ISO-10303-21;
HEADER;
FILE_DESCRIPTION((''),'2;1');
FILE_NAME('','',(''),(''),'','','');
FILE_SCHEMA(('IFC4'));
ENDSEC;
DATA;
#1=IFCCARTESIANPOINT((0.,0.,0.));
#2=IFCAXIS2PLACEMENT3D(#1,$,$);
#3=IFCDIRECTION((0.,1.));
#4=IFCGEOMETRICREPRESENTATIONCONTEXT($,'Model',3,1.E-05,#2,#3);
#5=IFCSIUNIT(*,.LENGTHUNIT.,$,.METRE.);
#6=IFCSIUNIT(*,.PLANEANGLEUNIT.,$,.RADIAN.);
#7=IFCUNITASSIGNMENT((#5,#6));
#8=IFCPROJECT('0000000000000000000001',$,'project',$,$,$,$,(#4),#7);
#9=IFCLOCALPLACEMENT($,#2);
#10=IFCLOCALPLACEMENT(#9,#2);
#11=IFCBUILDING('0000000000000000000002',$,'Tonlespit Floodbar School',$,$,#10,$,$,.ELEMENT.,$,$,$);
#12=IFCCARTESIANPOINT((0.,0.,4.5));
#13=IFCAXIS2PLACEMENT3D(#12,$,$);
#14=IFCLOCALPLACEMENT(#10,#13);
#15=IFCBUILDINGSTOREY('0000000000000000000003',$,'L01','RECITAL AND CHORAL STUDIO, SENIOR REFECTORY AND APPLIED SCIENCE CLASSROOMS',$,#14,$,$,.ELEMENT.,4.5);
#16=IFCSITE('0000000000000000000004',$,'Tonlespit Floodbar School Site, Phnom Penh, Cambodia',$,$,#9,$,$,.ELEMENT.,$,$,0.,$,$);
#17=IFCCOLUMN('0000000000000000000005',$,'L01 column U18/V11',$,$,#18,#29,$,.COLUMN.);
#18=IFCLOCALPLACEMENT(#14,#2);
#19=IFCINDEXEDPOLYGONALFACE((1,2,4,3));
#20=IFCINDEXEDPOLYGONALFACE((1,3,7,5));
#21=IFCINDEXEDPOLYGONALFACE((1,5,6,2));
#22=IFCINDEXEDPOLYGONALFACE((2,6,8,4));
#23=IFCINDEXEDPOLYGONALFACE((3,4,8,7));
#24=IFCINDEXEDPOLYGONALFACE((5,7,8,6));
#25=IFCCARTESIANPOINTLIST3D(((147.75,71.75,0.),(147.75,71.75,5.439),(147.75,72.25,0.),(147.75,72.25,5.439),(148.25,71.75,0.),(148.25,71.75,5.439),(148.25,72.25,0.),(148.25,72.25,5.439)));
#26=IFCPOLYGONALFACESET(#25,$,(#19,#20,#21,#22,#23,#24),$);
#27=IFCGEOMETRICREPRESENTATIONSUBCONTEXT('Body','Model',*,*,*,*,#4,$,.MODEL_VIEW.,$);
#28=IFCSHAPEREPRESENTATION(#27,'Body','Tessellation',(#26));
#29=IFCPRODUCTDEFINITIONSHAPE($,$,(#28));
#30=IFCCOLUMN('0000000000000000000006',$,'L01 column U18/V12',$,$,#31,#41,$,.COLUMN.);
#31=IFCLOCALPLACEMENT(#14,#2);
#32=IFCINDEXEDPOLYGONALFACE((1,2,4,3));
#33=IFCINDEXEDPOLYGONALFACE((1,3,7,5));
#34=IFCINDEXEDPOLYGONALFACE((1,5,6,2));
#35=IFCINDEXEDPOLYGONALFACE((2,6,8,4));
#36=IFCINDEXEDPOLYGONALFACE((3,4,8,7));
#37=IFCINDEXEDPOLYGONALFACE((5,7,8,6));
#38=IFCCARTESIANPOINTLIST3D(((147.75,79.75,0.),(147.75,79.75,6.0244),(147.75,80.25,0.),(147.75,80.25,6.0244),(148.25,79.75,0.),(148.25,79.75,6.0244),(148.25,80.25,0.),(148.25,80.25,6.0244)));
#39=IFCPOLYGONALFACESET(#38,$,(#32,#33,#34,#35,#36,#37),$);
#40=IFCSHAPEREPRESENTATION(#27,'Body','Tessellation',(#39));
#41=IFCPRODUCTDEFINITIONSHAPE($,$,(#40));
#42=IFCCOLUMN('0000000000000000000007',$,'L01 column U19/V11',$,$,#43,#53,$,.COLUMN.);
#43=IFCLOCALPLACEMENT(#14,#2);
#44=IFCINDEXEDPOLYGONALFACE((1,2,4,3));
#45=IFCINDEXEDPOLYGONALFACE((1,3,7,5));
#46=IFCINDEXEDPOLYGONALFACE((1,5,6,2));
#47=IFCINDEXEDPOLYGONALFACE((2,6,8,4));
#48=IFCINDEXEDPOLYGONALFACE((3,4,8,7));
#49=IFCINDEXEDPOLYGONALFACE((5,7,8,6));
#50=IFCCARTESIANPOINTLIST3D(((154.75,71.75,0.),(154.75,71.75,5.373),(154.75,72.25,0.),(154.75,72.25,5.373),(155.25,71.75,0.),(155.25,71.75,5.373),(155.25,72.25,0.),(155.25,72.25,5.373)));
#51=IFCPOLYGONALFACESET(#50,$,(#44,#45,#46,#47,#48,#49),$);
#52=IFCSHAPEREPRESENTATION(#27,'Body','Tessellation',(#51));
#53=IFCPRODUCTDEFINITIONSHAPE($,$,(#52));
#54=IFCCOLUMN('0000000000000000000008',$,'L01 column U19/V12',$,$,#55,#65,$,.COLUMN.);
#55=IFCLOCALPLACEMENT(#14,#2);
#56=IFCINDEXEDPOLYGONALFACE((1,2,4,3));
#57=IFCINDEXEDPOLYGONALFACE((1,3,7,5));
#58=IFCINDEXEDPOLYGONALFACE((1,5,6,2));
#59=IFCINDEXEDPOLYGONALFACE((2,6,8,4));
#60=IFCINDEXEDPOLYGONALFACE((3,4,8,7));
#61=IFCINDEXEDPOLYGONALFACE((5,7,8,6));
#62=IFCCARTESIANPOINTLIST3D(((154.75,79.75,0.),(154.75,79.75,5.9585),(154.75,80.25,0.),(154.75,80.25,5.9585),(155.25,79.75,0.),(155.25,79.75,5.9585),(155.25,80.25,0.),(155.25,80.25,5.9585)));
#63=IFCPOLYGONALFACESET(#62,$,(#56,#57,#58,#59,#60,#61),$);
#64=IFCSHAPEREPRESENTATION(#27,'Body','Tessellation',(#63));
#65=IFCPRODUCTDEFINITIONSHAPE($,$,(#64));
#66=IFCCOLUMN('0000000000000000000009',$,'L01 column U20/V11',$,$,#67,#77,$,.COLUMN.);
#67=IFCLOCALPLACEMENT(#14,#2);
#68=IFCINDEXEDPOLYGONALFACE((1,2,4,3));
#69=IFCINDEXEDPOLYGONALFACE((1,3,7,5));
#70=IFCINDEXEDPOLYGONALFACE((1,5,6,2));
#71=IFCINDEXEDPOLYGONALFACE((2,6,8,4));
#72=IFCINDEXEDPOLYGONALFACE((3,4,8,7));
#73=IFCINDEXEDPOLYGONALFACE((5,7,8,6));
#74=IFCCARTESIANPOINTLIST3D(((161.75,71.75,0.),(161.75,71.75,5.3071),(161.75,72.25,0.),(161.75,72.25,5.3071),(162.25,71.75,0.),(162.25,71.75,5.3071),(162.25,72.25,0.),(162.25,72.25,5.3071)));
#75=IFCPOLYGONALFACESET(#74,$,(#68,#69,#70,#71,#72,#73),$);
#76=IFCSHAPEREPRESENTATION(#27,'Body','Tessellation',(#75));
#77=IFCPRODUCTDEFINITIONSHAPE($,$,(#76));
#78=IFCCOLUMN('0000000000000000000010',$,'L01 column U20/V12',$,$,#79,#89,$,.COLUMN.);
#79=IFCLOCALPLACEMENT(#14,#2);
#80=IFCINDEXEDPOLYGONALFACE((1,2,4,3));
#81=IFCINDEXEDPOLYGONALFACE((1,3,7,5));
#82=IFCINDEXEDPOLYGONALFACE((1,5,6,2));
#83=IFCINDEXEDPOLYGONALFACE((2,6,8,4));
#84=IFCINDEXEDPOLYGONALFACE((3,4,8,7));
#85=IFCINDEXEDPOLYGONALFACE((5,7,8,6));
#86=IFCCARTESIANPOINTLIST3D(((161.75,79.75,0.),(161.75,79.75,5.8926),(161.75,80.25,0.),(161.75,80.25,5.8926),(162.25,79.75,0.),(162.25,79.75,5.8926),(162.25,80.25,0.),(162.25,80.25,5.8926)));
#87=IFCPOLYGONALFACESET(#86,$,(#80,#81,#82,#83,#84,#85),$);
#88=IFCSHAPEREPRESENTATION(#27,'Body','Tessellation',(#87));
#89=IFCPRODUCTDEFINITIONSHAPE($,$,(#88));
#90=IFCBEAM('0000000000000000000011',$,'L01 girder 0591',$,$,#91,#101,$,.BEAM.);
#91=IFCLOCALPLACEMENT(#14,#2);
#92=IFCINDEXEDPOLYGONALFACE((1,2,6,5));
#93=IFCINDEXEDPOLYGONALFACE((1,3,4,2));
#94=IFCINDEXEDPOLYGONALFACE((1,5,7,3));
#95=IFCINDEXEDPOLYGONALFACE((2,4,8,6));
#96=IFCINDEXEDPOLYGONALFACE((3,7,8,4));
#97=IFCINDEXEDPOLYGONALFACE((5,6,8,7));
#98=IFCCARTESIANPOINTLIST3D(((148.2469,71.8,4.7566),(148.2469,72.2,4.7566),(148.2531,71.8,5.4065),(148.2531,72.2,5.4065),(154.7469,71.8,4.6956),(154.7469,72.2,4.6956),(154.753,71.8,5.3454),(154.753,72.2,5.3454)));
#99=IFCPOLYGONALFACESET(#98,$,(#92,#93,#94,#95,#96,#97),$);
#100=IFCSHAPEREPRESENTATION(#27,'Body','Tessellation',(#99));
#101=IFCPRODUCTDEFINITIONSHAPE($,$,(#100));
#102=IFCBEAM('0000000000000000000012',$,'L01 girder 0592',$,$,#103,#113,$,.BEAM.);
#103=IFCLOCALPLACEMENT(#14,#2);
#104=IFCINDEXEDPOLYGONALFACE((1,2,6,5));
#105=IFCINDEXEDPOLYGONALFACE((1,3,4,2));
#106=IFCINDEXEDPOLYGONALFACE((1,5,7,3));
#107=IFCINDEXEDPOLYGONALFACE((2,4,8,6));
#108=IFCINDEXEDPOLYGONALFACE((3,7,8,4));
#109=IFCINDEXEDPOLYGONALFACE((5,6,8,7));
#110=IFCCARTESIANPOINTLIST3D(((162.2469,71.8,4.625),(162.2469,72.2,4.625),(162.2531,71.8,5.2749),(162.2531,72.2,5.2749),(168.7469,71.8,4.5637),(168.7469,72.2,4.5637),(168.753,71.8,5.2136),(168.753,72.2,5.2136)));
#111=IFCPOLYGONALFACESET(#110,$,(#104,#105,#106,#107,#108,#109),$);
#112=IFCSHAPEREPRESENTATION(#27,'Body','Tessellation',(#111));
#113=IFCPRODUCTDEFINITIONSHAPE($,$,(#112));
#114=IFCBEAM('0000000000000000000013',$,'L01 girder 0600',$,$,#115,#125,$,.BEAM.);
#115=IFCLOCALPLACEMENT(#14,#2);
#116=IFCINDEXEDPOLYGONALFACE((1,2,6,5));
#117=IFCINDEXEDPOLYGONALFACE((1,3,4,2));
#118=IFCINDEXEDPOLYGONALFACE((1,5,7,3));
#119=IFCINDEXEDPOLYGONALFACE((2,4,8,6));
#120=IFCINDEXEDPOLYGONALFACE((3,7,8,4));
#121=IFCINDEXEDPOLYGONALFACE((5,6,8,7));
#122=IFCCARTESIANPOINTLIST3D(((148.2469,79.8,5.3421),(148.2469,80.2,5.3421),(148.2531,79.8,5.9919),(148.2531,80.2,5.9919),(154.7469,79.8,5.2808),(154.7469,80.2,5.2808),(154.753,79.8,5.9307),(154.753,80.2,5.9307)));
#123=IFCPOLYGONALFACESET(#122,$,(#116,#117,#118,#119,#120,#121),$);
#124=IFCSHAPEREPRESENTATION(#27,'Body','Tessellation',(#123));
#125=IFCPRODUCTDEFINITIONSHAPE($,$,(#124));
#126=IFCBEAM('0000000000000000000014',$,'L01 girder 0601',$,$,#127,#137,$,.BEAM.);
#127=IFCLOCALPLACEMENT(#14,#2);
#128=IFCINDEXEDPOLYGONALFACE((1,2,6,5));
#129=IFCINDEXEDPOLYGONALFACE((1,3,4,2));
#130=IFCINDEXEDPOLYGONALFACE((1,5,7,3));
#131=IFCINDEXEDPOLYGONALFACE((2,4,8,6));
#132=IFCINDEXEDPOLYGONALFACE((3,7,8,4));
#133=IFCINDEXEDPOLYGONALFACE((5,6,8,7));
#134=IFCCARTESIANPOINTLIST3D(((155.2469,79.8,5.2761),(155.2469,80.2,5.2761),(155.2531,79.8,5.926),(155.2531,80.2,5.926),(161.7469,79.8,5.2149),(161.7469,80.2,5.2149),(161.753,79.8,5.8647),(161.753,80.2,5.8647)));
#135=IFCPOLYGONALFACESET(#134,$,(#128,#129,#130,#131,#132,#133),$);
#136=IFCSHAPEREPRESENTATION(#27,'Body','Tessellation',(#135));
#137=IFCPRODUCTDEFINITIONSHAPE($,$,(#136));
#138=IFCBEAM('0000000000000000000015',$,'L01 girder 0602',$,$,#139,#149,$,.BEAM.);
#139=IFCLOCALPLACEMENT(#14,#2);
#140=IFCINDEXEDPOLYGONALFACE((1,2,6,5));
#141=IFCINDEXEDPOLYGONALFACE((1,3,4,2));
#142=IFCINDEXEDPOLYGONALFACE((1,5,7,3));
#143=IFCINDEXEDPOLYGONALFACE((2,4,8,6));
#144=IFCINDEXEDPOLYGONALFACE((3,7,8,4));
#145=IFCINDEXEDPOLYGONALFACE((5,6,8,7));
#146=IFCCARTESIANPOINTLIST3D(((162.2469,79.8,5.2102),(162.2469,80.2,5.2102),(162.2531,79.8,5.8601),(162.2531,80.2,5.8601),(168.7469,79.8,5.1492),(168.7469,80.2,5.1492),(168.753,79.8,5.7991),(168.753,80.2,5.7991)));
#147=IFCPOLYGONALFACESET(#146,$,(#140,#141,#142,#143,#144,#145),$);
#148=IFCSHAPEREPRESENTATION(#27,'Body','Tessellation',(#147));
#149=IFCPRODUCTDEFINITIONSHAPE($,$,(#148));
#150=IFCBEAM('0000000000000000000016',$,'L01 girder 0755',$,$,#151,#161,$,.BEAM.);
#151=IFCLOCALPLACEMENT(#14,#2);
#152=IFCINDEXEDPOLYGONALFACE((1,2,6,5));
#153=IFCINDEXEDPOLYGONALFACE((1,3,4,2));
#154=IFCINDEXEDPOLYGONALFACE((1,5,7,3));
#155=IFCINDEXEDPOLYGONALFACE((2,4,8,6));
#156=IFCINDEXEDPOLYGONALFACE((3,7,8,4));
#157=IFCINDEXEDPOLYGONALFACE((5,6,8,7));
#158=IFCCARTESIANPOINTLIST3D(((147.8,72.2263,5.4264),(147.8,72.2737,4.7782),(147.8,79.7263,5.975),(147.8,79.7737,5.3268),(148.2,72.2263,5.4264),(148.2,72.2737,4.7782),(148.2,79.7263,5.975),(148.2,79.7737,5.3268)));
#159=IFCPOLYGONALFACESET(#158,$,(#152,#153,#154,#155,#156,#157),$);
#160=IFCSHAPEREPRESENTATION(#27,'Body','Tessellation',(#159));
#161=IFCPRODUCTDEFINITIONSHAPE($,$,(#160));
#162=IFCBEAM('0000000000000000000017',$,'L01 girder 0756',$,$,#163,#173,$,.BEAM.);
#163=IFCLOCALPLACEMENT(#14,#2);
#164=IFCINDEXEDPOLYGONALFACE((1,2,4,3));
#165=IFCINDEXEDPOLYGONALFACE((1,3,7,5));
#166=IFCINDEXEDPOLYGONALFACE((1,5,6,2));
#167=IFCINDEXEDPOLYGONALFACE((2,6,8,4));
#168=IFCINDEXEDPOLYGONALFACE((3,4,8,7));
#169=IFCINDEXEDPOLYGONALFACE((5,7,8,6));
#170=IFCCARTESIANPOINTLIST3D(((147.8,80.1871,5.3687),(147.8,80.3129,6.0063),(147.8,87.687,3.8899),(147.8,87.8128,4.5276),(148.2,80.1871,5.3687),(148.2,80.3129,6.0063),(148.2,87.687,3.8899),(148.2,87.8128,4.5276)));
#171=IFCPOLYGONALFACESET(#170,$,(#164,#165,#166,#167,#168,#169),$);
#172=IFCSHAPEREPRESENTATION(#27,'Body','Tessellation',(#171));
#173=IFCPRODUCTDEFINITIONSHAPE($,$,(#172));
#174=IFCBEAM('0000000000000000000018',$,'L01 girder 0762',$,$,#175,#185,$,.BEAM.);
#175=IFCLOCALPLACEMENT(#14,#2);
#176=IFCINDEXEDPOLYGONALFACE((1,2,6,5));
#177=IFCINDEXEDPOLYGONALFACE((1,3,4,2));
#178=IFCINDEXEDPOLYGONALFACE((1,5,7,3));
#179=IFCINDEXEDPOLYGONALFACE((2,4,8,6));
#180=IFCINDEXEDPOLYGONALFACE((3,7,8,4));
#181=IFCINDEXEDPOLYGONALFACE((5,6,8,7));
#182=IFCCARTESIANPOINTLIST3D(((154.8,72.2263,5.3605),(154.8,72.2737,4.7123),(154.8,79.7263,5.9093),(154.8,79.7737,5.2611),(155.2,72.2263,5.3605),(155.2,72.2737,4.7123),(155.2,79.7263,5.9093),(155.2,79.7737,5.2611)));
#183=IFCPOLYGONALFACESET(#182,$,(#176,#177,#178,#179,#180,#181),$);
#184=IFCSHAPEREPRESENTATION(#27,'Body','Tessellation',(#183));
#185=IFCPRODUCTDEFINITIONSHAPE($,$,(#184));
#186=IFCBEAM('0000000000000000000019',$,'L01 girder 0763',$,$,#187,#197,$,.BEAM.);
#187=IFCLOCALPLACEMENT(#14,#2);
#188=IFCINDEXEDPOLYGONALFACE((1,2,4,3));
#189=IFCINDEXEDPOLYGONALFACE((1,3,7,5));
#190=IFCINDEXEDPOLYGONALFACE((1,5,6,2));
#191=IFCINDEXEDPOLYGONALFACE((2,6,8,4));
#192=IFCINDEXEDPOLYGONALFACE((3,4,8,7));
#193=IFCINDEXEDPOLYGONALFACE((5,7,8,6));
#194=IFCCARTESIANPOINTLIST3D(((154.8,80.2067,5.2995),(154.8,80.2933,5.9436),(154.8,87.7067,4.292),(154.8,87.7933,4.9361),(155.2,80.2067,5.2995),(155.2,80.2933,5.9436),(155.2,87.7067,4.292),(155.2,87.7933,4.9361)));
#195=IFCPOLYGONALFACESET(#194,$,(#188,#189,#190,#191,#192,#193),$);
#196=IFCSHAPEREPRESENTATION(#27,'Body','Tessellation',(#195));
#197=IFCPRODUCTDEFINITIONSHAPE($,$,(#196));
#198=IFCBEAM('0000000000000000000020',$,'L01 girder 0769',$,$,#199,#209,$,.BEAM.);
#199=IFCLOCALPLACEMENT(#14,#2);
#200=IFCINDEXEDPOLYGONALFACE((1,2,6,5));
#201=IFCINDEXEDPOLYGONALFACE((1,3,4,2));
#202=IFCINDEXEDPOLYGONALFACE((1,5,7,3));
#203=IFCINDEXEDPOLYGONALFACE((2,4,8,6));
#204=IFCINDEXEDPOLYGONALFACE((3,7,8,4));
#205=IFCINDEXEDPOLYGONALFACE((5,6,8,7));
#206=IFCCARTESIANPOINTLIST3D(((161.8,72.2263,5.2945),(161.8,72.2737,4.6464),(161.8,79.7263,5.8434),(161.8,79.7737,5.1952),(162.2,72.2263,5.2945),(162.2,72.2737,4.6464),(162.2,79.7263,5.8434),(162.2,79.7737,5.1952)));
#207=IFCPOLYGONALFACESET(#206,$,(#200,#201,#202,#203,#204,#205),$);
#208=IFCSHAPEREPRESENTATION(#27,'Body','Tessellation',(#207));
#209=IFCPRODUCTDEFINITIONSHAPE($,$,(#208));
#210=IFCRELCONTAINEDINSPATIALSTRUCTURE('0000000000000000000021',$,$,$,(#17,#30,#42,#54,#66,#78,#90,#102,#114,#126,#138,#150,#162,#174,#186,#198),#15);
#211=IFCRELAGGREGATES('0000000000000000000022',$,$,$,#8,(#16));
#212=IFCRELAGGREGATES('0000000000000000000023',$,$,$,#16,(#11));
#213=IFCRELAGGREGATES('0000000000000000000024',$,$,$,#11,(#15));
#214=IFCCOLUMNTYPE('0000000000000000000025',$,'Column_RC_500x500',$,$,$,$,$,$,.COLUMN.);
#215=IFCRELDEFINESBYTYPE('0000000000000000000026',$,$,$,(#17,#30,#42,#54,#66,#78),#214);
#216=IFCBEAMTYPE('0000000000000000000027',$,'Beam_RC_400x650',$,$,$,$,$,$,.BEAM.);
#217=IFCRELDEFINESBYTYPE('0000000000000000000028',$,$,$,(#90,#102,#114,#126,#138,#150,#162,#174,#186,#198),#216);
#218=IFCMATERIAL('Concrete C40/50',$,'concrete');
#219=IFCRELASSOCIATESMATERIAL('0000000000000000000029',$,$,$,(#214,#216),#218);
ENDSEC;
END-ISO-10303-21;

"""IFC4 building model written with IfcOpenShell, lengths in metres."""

from ifc_helpers import new_model, si_unit, direction, frame, origin, origin_2d, place, context, subcontext, project, spatial, rectangle, extrude, material, material_profile, profile_set, type_object, element, save


model = new_model("IFC4")

# Units and contexts
model_context = context("Model", 3, precision=1e-05, world=origin(), true_north=direction((0.0, 1.0)))
body_context = subcontext(model_context, "Body", "Model", "MODEL_VIEW")
ifc_project = project(units=[si_unit("LENGTHUNIT", "METRE"), si_unit("PLANEANGLEUNIT", "RADIAN")], contexts=[model_context])

# Site, building, storey
site_placement = place(None, origin())
site = spatial("IfcSite", under=ifc_project, at=site_placement, Name="Tonlespit Floodbar School Site, Phnom Penh, Cambodia", CompositionType="ELEMENT", RefElevation=0.0)
building_placement = place(site_placement, origin())
building = spatial("IfcBuilding", under=site, at=building_placement, Name="Tonlespit Floodbar School", CompositionType="ELEMENT")
storey_placement = place(building_placement, frame((0.0, 0.0, 4.5)))
storey = spatial("IfcBuildingStorey", under=building, at=storey_placement, Name="L01", Description="RECITAL AND CHORAL STUDIO, SENIOR REFECTORY AND APPLIED SCIENCE CLASSROOMS", CompositionType="ELEMENT", Elevation=4.5)

# Columns
ifc_material_1 = material(Name="Concrete C40/50", Category="concrete")
ifc_material_profile_1 = material_profile(ifc_material_1, rectangle(XDim=0.5, YDim=0.5, at=origin_2d()), Name="RC 500x500")
ifc_profile_set_1 = profile_set([ifc_material_profile_1], Name="Concrete C40/50")
column_type = type_object("IfcColumnType", Name="Column_RC_500x500", PredefinedType="COLUMN", material=ifc_profile_set_1)
column_1_placement = place(storey_placement, frame((148.0, 72.0, 0.0), z_axis=(0.0, 0.0, 1.0), x_axis=(1.0, 0.0, 0.0)))
element("IfcColumn", 1, at=column_1_placement, inside=storey, type_object=column_type, Name="L01 column U18/V11", PredefinedType="COLUMN", context=body_context, shape_type="SweptSolid", body=[
    extrude(rectangle(XDim=0.5, YDim=0.5, at=origin_2d()), origin(), (0.0, 0.0, 1.0), 5.439),
])
column_2_placement = place(storey_placement, frame((148.0, 80.0, 0.0), z_axis=(0.0, 0.0, 1.0), x_axis=(1.0, 0.0, 0.0)))
element("IfcColumn", 2, at=column_2_placement, inside=storey, type_object=column_type, Name="L01 column U18/V12", PredefinedType="COLUMN", context=body_context, shape_type="SweptSolid", body=[
    extrude(rectangle(XDim=0.5, YDim=0.5, at=origin_2d()), origin(), (0.0, 0.0, 1.0), 6.0244),
])
column_3_placement = place(storey_placement, frame((155.0, 72.0, 0.0), z_axis=(0.0, 0.0, 1.0), x_axis=(1.0, 0.0, 0.0)))
element("IfcColumn", 3, at=column_3_placement, inside=storey, type_object=column_type, Name="L01 column U19/V11", PredefinedType="COLUMN", context=body_context, shape_type="SweptSolid", body=[
    extrude(rectangle(XDim=0.5, YDim=0.5, at=origin_2d()), origin(), (0.0, 0.0, 1.0), 5.373),
])
column_4_placement = place(storey_placement, frame((155.0, 80.0, 0.0), z_axis=(0.0, 0.0, 1.0), x_axis=(1.0, 0.0, 0.0)))
element("IfcColumn", 4, at=column_4_placement, inside=storey, type_object=column_type, Name="L01 column U19/V12", PredefinedType="COLUMN", context=body_context, shape_type="SweptSolid", body=[
    extrude(rectangle(XDim=0.5, YDim=0.5, at=origin_2d()), origin(), (0.0, 0.0, 1.0), 5.9585),
])
column_5_placement = place(storey_placement, frame((162.0, 72.0, 0.0), z_axis=(0.0, 0.0, 1.0), x_axis=(1.0, 0.0, 0.0)))
element("IfcColumn", 5, at=column_5_placement, inside=storey, type_object=column_type, Name="L01 column U20/V11", PredefinedType="COLUMN", context=body_context, shape_type="SweptSolid", body=[
    extrude(rectangle(XDim=0.5, YDim=0.5, at=origin_2d()), origin(), (0.0, 0.0, 1.0), 5.3071),
])
column_6_placement = place(storey_placement, frame((162.0, 80.0, 0.0), z_axis=(0.0, 0.0, 1.0), x_axis=(1.0, 0.0, 0.0)))
element("IfcColumn", 6, at=column_6_placement, inside=storey, type_object=column_type, Name="L01 column U20/V12", PredefinedType="COLUMN", context=body_context, shape_type="SweptSolid", body=[
    extrude(rectangle(XDim=0.5, YDim=0.5, at=origin_2d()), origin(), (0.0, 0.0, 1.0), 5.8926),
])

# Beams
ifc_material_profile_2 = material_profile(ifc_material_1, rectangle(XDim=0.3999, YDim=0.6499, at=origin_2d()), Name="RC 400x650")
ifc_profile_set_2 = profile_set([ifc_material_profile_2], Name="Concrete C40/50")
beam_type = type_object("IfcBeamType", Name="Beam_RC_400x650", PredefinedType="BEAM", material=ifc_profile_set_2)
for number, where, z_axis, x_axis, name in (
    (7, (148.25, 72.0, 5.0815), (0.999956, 0.0, -0.00939), (0.0, 1.0, 0.0), "L01 girder 0591"),
    (8, (162.25, 72.0, 4.95), (0.999956, 0.0, -0.009427), (0.0, 1.0, 0.0), "L01 girder 0592"),
    (9, (148.25, 80.0, 5.667), (0.999956, 0.0, -0.009427), (0.0, 1.0, 0.0), "L01 girder 0600"),
    (10, (155.25, 80.0, 5.6011), (0.999956, 0.0, -0.009427), (0.0, 1.0, 0.0), "L01 girder 0601"),
    (11, (162.25, 80.0, 5.5352), (0.999956, 0.0, -0.00939), (0.0, 1.0, 0.0), "L01 girder 0602"),
):
    element("IfcBeam", number, at=place(storey_placement, frame(where, z_axis=z_axis, x_axis=x_axis)), inside=storey, type_object=beam_type, Name=name, PredefinedType="BEAM", context=body_context, shape_type="SweptSolid", body=[
        extrude(rectangle(XDim=0.3999, YDim=0.6499, at=origin_2d()), origin(), (0.0, 0.0, 1.0), 6.5002),
    ])
beam_1_placement = place(storey_placement, frame((148.0, 72.25, 5.1023), z_axis=(0.0, 0.997336, 0.07295), x_axis=(-1.0, 0.0, 0.0)))
element("IfcBeam", 12, at=beam_1_placement, inside=storey, type_object=beam_type, Name="L01 girder 0755", PredefinedType="BEAM", context=body_context, shape_type="SweptSolid", body=[
    extrude(rectangle(XDim=0.3999, YDim=0.6499, at=origin_2d()), origin(), (0.0, 0.0, 1.0), 7.52),
])
beam_2_placement = place(storey_placement, frame((148.0, 80.25, 5.6875), z_axis=(0.0, 0.981111, -0.193444), x_axis=(-1.0, 0.0, 0.0)))
element("IfcBeam", 13, at=beam_2_placement, inside=storey, type_object=beam_type, Name="L01 girder 0756", PredefinedType="BEAM", context=body_context, shape_type="SweptSolid", body=[
    extrude(rectangle(XDim=0.3999, YDim=0.6499, at=origin_2d()), origin(), (0.0, 0.0, 1.0), 7.6443),
])
beam_3_placement = place(storey_placement, frame((155.0, 72.25, 5.0364), z_axis=(0.0, 0.997333, 0.072982), x_axis=(-1.0, 0.0, 0.0)))
element("IfcBeam", 14, at=beam_3_placement, inside=storey, type_object=beam_type, Name="L01 girder 0762", PredefinedType="BEAM", context=body_context, shape_type="SweptSolid", body=[
    extrude(rectangle(XDim=0.3999, YDim=0.6499, at=origin_2d()), origin(), (0.0, 0.0, 1.0), 7.52),
])
beam_4_placement = place(storey_placement, frame((155.0, 80.25, 5.6216), z_axis=(0.0, 0.991096, -0.133146), x_axis=(-1.0, 0.0, 0.0)))
element("IfcBeam", 15, at=beam_4_placement, inside=storey, type_object=beam_type, Name="L01 girder 0763", PredefinedType="BEAM", context=body_context, shape_type="SweptSolid", body=[
    extrude(rectangle(XDim=0.3999, YDim=0.6499, at=origin_2d()), origin(), (0.0, 0.0, 1.0), 7.5674),
])
beam_5_placement = place(storey_placement, frame((162.0, 72.25, 4.9705), z_axis=(0.0, 0.997333, 0.072982), x_axis=(-1.0, 0.0, 0.0)))
element("IfcBeam", 16, at=beam_5_placement, inside=storey, type_object=beam_type, Name="L01 girder 0769", PredefinedType="BEAM", context=body_context, shape_type="SweptSolid", body=[
    extrude(rectangle(XDim=0.3999, YDim=0.6499, at=origin_2d()), origin(), (0.0, 0.0, 1.0), 7.52),
])

save(model, "model.ifc")
